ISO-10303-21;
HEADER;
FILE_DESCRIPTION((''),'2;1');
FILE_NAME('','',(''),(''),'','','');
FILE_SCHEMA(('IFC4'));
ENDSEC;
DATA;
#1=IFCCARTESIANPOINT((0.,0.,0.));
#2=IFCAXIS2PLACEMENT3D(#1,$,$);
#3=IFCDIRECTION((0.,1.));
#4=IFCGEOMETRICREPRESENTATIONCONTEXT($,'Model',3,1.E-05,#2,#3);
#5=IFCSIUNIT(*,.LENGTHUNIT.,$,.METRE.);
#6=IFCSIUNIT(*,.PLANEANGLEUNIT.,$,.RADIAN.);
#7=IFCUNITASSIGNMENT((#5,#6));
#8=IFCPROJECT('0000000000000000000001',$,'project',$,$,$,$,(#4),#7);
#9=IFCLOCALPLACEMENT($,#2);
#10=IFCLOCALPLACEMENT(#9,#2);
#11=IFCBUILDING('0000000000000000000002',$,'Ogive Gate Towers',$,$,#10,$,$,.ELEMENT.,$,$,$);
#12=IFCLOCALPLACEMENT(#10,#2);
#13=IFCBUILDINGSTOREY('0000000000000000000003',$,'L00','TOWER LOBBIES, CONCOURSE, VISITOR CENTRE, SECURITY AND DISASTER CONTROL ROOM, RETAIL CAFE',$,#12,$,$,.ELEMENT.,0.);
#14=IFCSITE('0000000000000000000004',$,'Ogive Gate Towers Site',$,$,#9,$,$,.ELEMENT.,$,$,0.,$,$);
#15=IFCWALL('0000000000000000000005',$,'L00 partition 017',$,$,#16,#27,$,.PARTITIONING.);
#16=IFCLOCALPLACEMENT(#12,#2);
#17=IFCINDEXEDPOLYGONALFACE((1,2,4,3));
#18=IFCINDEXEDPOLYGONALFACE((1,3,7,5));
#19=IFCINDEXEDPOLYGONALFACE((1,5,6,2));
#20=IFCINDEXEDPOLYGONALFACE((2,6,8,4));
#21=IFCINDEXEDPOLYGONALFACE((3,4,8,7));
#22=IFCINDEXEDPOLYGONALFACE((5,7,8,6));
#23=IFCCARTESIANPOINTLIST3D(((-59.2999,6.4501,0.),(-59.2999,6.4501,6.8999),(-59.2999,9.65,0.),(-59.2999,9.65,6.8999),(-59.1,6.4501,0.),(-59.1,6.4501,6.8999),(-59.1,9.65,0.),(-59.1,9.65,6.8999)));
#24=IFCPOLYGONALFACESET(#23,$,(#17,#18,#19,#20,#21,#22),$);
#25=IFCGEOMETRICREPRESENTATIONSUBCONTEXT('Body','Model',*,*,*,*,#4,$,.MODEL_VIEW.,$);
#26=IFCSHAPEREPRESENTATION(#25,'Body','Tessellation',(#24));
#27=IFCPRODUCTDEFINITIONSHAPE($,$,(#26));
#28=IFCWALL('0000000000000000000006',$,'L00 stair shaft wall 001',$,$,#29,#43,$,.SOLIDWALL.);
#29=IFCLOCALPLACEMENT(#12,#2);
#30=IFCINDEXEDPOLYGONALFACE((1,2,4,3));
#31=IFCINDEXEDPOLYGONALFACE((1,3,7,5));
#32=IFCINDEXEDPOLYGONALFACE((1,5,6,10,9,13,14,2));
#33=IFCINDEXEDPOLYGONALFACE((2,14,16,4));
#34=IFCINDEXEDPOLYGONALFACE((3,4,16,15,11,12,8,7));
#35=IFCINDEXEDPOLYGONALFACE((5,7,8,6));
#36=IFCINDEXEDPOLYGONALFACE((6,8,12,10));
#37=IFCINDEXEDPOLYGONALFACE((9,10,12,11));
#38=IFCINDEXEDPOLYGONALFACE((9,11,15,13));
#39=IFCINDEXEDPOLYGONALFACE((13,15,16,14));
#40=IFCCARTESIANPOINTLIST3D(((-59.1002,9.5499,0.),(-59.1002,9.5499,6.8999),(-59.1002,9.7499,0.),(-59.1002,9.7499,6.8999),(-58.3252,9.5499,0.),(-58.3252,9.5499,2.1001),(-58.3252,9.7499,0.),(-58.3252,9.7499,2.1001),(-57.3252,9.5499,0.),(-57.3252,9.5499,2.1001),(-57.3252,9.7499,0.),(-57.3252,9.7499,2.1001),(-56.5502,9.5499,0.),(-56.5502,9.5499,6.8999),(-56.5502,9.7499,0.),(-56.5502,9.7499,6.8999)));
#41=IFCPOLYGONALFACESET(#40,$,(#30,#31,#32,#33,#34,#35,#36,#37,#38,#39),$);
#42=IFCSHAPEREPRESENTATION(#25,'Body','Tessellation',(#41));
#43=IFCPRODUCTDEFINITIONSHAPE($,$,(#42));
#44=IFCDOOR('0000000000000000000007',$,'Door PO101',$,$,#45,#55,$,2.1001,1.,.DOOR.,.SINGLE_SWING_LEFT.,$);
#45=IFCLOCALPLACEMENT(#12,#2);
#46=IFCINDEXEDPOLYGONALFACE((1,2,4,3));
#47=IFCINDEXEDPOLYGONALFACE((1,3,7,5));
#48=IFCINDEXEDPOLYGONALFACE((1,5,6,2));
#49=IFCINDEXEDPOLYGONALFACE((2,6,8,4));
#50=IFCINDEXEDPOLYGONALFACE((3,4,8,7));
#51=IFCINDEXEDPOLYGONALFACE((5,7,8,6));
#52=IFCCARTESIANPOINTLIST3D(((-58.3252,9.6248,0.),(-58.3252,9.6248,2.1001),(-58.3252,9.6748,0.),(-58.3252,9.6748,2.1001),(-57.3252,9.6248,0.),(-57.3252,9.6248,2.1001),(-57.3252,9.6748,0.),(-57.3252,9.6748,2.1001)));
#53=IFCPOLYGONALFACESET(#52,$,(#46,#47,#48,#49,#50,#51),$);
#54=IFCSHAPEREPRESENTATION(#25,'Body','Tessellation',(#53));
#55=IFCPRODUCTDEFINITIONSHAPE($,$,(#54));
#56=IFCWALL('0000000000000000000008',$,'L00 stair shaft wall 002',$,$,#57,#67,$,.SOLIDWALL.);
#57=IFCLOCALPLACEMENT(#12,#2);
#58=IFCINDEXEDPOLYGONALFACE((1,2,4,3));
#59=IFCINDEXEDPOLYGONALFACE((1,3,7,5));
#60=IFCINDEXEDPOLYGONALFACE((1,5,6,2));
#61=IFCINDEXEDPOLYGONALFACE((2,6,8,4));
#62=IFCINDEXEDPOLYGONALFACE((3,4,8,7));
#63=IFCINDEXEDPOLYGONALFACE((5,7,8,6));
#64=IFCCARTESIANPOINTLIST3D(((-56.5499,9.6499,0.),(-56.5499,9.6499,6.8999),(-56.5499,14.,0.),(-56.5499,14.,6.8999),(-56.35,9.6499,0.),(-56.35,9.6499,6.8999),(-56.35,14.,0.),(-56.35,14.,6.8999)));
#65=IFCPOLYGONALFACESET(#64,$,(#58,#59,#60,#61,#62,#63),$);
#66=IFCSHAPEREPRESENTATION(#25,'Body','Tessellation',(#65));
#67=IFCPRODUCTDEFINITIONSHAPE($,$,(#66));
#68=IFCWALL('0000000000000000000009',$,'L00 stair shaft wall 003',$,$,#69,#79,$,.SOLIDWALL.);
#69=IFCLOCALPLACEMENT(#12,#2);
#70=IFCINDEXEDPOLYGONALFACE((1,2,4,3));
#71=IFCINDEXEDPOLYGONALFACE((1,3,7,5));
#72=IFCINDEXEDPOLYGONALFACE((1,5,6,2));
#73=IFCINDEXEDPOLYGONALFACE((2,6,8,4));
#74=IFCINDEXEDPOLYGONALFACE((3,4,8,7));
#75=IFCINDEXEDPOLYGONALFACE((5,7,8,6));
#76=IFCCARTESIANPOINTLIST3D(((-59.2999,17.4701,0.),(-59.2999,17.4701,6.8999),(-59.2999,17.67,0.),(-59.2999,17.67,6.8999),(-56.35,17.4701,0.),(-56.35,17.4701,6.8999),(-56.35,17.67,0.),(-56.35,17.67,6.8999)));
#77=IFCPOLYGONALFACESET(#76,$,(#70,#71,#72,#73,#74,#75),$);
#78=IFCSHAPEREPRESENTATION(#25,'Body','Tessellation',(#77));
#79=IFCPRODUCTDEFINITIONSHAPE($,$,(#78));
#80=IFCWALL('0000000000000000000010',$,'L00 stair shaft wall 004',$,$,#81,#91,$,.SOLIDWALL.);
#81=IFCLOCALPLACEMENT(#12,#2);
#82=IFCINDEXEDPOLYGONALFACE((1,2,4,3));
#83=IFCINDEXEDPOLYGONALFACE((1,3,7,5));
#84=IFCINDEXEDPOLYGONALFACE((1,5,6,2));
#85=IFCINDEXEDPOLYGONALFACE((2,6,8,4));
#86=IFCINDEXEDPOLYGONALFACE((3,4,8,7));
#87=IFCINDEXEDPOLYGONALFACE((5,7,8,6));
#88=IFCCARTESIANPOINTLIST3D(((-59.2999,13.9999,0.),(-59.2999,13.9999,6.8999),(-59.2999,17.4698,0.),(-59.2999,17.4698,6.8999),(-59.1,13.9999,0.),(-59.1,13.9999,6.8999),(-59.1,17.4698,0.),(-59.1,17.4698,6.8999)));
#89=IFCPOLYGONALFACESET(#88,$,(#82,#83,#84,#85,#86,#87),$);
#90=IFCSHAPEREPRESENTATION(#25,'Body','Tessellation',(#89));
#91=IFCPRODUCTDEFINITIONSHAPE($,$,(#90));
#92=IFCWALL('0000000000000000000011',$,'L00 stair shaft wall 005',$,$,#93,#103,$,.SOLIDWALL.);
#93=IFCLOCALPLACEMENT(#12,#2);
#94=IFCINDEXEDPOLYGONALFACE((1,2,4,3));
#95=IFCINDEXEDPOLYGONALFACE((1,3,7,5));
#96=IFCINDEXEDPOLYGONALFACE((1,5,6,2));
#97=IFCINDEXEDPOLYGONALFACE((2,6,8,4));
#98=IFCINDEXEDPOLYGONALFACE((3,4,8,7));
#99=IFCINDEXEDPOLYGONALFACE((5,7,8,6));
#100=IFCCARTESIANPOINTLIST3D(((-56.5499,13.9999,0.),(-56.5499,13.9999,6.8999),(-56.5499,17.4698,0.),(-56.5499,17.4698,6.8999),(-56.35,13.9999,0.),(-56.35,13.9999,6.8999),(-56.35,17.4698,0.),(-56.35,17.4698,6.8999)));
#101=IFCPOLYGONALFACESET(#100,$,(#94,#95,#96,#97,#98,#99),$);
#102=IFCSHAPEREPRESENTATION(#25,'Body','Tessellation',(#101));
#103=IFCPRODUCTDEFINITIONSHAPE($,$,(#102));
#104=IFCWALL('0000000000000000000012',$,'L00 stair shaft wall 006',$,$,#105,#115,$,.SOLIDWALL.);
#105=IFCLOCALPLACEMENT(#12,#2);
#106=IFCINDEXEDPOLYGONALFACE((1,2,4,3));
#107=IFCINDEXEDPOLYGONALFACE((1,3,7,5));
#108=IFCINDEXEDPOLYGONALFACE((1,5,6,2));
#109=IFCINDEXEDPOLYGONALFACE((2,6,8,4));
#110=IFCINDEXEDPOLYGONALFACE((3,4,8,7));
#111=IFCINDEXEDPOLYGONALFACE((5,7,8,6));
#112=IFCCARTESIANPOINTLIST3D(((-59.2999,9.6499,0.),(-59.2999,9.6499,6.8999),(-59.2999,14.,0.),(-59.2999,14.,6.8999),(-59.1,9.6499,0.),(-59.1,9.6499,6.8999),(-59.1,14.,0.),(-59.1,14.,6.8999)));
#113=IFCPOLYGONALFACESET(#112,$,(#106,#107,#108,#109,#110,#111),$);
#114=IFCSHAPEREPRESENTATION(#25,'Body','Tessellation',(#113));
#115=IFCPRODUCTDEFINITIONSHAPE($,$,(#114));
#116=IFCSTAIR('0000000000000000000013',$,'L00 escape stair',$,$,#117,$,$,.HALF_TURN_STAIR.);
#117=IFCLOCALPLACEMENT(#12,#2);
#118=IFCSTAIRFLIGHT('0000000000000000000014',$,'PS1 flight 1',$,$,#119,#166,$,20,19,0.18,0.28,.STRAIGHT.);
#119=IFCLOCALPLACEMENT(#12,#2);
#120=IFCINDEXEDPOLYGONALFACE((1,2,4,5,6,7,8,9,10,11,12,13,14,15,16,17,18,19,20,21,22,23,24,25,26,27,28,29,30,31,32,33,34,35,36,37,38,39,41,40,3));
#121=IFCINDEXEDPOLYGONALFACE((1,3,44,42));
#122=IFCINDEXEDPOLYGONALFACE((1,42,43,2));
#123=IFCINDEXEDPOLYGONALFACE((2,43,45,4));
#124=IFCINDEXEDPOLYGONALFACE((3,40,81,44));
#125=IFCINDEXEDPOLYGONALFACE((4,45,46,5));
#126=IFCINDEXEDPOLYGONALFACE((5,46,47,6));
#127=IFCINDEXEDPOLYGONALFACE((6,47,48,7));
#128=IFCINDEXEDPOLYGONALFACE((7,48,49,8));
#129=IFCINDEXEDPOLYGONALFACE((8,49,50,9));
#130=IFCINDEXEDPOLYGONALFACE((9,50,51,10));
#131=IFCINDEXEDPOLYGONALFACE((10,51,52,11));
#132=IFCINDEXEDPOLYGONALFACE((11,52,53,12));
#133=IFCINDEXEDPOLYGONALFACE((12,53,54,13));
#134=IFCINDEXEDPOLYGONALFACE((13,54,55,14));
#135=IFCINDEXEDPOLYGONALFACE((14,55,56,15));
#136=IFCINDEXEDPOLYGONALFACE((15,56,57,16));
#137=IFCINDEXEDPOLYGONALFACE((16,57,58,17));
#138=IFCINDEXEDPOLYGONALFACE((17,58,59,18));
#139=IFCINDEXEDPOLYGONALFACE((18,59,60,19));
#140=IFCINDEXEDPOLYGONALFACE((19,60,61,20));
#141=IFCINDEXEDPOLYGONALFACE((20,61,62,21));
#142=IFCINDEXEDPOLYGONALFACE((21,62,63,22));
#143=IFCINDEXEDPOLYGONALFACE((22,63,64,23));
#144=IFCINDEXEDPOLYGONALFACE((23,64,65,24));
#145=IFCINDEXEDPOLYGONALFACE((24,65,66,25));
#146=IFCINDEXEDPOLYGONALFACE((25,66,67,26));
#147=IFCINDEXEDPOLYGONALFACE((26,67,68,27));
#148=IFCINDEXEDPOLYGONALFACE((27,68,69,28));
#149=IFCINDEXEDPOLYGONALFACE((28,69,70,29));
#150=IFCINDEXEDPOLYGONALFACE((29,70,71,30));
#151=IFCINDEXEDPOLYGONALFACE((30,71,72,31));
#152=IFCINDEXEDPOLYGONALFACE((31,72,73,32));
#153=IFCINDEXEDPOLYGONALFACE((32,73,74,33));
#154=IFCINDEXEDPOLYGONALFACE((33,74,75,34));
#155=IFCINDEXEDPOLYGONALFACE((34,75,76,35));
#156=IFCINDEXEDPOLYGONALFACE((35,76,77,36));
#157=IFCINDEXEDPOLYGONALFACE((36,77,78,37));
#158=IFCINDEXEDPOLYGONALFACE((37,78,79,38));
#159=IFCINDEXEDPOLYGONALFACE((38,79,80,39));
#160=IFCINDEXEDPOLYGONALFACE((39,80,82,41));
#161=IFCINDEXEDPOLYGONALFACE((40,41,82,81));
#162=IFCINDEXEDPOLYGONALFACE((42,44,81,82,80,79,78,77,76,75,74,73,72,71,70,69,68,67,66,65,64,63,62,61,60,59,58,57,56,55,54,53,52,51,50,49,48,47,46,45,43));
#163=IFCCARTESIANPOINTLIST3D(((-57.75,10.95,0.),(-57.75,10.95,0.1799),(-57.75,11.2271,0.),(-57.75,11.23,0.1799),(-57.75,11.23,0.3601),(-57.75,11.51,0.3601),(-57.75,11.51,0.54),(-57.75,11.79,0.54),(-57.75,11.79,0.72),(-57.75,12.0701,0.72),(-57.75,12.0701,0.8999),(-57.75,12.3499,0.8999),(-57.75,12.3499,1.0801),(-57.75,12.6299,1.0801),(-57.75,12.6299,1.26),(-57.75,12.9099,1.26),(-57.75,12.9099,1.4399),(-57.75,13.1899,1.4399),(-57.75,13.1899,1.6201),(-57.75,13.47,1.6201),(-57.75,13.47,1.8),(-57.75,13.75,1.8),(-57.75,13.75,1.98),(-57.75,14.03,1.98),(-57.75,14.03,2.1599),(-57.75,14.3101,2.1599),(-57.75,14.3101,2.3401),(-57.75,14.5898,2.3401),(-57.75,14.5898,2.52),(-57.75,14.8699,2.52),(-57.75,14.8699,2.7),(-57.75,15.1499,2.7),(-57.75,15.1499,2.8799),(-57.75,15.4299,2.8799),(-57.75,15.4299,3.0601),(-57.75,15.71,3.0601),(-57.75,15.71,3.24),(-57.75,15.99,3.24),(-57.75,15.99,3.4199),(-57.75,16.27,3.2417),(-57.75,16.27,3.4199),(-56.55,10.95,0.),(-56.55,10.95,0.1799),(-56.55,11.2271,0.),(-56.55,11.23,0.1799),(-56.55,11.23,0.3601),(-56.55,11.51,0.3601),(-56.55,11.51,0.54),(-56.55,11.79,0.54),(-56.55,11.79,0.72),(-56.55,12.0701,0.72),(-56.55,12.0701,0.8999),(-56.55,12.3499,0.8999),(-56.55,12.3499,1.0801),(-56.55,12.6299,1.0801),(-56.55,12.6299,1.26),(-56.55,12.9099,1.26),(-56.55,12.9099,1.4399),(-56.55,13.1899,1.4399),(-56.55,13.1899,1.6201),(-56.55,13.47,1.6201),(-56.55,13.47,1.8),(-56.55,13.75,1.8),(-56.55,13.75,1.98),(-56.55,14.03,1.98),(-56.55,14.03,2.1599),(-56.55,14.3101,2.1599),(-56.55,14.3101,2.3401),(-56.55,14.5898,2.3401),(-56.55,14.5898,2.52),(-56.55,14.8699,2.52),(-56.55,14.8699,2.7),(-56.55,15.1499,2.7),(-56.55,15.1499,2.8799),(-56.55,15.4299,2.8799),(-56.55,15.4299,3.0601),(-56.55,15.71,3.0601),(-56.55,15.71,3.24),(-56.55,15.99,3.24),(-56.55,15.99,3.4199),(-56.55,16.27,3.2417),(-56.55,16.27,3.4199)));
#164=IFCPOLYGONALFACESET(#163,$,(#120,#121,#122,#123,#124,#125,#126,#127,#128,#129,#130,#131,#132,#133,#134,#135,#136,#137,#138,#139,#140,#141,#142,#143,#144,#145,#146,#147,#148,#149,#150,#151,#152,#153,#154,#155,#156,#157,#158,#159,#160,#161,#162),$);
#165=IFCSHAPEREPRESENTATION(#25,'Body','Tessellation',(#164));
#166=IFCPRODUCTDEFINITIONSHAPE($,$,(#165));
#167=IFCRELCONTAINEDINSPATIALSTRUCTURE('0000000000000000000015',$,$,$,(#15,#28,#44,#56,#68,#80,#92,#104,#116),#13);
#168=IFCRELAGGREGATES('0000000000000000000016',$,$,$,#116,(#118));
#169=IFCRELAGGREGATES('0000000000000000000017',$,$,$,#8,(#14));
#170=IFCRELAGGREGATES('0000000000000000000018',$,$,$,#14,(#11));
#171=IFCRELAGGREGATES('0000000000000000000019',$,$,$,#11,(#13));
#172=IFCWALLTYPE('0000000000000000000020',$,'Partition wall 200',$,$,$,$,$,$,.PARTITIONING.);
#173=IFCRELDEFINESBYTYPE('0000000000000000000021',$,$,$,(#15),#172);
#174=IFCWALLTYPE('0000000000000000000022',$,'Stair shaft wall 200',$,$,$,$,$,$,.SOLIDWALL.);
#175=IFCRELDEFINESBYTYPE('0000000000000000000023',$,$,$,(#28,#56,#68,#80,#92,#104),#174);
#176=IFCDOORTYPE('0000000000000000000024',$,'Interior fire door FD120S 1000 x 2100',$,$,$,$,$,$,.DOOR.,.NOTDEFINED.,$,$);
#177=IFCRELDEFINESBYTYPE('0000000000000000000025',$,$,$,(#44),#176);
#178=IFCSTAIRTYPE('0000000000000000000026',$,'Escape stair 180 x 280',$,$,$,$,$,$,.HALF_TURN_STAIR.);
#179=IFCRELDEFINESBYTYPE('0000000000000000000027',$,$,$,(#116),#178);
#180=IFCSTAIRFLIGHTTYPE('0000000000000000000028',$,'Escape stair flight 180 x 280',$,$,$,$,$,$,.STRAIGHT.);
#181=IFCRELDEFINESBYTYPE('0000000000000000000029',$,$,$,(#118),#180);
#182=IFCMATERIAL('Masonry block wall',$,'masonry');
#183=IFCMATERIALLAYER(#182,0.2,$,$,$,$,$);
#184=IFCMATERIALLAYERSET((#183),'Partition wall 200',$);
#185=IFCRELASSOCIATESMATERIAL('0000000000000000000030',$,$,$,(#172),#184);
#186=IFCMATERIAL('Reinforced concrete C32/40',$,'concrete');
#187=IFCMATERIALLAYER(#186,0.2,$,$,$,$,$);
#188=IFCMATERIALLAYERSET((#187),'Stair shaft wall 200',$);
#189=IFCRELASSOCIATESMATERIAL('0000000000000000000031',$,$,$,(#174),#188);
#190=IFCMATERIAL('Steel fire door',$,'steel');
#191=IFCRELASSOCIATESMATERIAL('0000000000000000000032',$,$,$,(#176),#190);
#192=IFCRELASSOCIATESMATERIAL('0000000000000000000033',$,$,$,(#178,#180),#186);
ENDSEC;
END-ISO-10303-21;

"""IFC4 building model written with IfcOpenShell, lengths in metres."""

from ifc_helpers import new_model, si_unit, direction, frame, frame_2d, origin, place, context, subcontext, project, spatial, polyline, rectangle, outline, extrude, material, layer, layer_set, type_object, element, fill, aggregate, save


model = new_model("IFC4")

# Units and contexts
model_context = context("Model", 3, precision=1e-05, world=origin(), true_north=direction((0.0, 1.0)))
body_context = subcontext(model_context, "Body", "Model", "MODEL_VIEW")
ifc_project = project(units=[si_unit("LENGTHUNIT", "METRE"), si_unit("PLANEANGLEUNIT", "RADIAN")], contexts=[model_context])

# Site, building, storey
site_placement = place(None, origin())
site = spatial("IfcSite", under=ifc_project, at=site_placement, Name="Ogive Gate Towers Site", CompositionType="ELEMENT", RefElevation=0.0)
building_placement = place(site_placement, origin())
building = spatial("IfcBuilding", under=site, at=building_placement, Name="Ogive Gate Towers", CompositionType="ELEMENT")
storey_placement = place(building_placement, origin())
storey = spatial("IfcBuildingStorey", under=building, at=storey_placement, Name="L00", Description="TOWER LOBBIES, CONCOURSE, VISITOR CENTRE, SECURITY AND DISASTER CONTROL ROOM, RETAIL CAFE", CompositionType="ELEMENT", Elevation=0.0)

# Wall
ifc_material_1 = material(Name="Masonry block wall", Category="masonry")
ifc_layer_1 = layer(ifc_material_1, 0.2)
ifc_layer_set_1 = layer_set([ifc_layer_1], Name="Partition wall 200")
wall_type_1 = type_object("IfcWallType", Name="Partition wall 200", PredefinedType="PARTITIONING", material=ifc_layer_set_1)
wall_1_placement = place(storey_placement, frame((-59.2, 6.45, 0.0), z_axis=(0.0, 0.0, 1.0), x_axis=(0.0, 1.0, 0.0)))
element("IfcWall", 1, at=wall_1_placement, inside=storey, type_object=wall_type_1, Name="L00 partition 017", PredefinedType="PARTITIONING", context=body_context, shape_type="SweptSolid", body=[
    extrude(rectangle(XDim=3.2, YDim=0.2, at=frame_2d((1.6001, 0.0))), origin(), (0.0, 0.0, 1.0), 6.8999),
])

# Wall, opening, door
ifc_material_2 = material(Name="Reinforced concrete C32/40", Category="concrete")
ifc_layer_2 = layer(ifc_material_2, 0.2)
ifc_layer_set_2 = layer_set([ifc_layer_2], Name="Stair shaft wall 200")
wall_type_2 = type_object("IfcWallType", Name="Stair shaft wall 200", PredefinedType="SOLIDWALL", material=ifc_layer_set_2)
wall_2_placement = place(storey_placement, frame((-59.1001, 9.6499, 0.0), z_axis=(0.0, 0.0, 1.0), x_axis=(1.0, 0.0, 0.0)))
wall_2 = element("IfcWall", 2, at=wall_2_placement, inside=storey, type_object=wall_type_2, Name="L00 stair shaft wall 001", PredefinedType="SOLIDWALL", context=body_context, shape_type="SweptSolid", body=[
    extrude(rectangle(XDim=2.55, YDim=0.2, at=frame_2d((1.2749, 0.0))), origin(), (0.0, 0.0, 1.0), 6.8999),
])
opening_1_placement = place(wall_2_placement, frame((0.7749, 0.0, 0.0)))
opening_1 = element("IfcOpeningElement", 3, at=opening_1_placement, cuts=wall_2, PredefinedType="OPENING", context=body_context, shape_type="SweptSolid", body=[
    extrude(rectangle(XDim=1.0, YDim=2.1001, at=frame_2d((0.5, 1.05))), frame((0.0, 0.1099, 0.0), z_axis=(0.0, -1.0, 0.0), x_axis=(1.0, 0.0, 0.0)), (0.0, 0.0, 1.0), 0.22),
])
ifc_material_3 = material(Name="Steel fire door", Category="steel")
door_type_1 = type_object("IfcDoorType", Name="Interior fire door FD120S 1000 x 2100", OperationType="NOTDEFINED", PredefinedType="DOOR", material=ifc_material_3)
door_1_placement = place(opening_1_placement, origin())
door_1 = element("IfcDoor", 4, at=door_1_placement, inside=storey, type_object=door_type_1, Name="Door PO101", OperationType="SINGLE_SWING_LEFT", OverallHeight=2.1001, OverallWidth=1.0, PredefinedType="DOOR", context=body_context, shape_type="SweptSolid", body=[
    extrude(rectangle(XDim=1.0, YDim=2.1001, at=frame_2d((0.5, 1.05))), frame((0.0, 0.0249, 0.0), z_axis=(0.0, -1.0, 0.0), x_axis=(1.0, 0.0, 0.0)), (0.0, 0.0, 1.0), 0.05),
])
fill(opening_1, door_1)

# Walls
wall_3_placement = place(storey_placement, frame((-56.45, 9.6499, 0.0), z_axis=(0.0, 0.0, 1.0), x_axis=(0.0, 1.0, 0.0)))
element("IfcWall", 5, at=wall_3_placement, inside=storey, type_object=wall_type_2, Name="L00 stair shaft wall 002", PredefinedType="SOLIDWALL", context=body_context, shape_type="SweptSolid", body=[
    extrude(rectangle(XDim=4.3501, YDim=0.2, at=frame_2d((2.175, 0.0))), origin(), (0.0, 0.0, 1.0), 6.8999),
])
wall_4_placement = place(storey_placement, frame((-59.3, 17.5701, 0.0), z_axis=(0.0, 0.0, 1.0), x_axis=(1.0, 0.0, 0.0)))
element("IfcWall", 6, at=wall_4_placement, inside=storey, type_object=wall_type_2, Name="L00 stair shaft wall 003", PredefinedType="SOLIDWALL", context=body_context, shape_type="SweptSolid", body=[
    extrude(rectangle(XDim=2.95, YDim=0.2, at=frame_2d((1.4751, 0.0))), origin(), (0.0, 0.0, 1.0), 6.8999),
])
for number, where, z_axis, x_axis, name in (
    (7, (-59.2, 14.0, 0.0), (0.0, 0.0, 1.0), (0.0, 1.0, 0.0), "L00 stair shaft wall 004"),
    (8, (-56.45, 14.0, 0.0), (0.0, 0.0, 1.0), (0.0, 1.0, 0.0), "L00 stair shaft wall 005"),
):
    element("IfcWall", number, at=place(storey_placement, frame(where, z_axis=z_axis, x_axis=x_axis)), inside=storey, type_object=wall_type_2, Name=name, PredefinedType="SOLIDWALL", context=body_context, shape_type="SweptSolid", body=[
        extrude(rectangle(XDim=3.47, YDim=0.2, at=frame_2d((1.7349, 0.0))), origin(), (0.0, 0.0, 1.0), 6.8999),
    ])
wall_5_placement = place(storey_placement, frame((-59.2, 9.6499, 0.0), z_axis=(0.0, 0.0, 1.0), x_axis=(0.0, 1.0, 0.0)))
element("IfcWall", 9, at=wall_5_placement, inside=storey, type_object=wall_type_2, Name="L00 stair shaft wall 006", PredefinedType="SOLIDWALL", context=body_context, shape_type="SweptSolid", body=[
    extrude(rectangle(XDim=4.3501, YDim=0.2, at=frame_2d((2.175, 0.0))), origin(), (0.0, 0.0, 1.0), 6.8999),
])

# Stair, stair flight
stair_type = type_object("IfcStairType", Name="Escape stair 180 x 280", PredefinedType="HALF_TURN_STAIR", material=ifc_material_2)
stair_placement = place(storey_placement, origin())
stair = element("IfcStair", 10, at=stair_placement, inside=storey, type_object=stair_type, Name="L00 escape stair", PredefinedType="HALF_TURN_STAIR")
stair_flight_type = type_object("IfcStairFlightType", Name="Escape stair flight 180 x 280", PredefinedType="STRAIGHT", material=ifc_material_2)
stair_flight_1_placement = place(storey_placement, frame((-57.1499, 10.95, 0.0), z_axis=(0.0, 0.0, 1.0), x_axis=(0.0, 1.0, 0.0)))
stair_flight_1 = element("IfcStairFlight", 11, at=stair_flight_1_placement, type_object=stair_flight_type, Name="PS1 flight 1", NumberOfRisers=20, NumberOfTreads=19, PredefinedType="STRAIGHT", RiserHeight=0.18, TreadLength=0.28, context=body_context, shape_type="SweptSolid", body=[
    extrude(outline(polyline([(0.0, 0.0), (0.0, 0.1799), (0.28, 0.1799), (0.28, 0.3601), (0.5601, 0.3601), (0.5601, 0.54), (0.8401, 0.54), (0.8401, 0.72), (1.1201, 0.72), (1.1201, 0.8999), (1.3999, 0.8999), (1.3999, 1.0801), (1.6799, 1.0801), (1.6799, 1.26), (1.96, 1.26), (1.96, 1.4399), (2.24, 1.4399), (2.24, 1.6201), (2.52, 1.6201), (2.52, 1.8), (2.8, 1.8), (2.8, 1.98), (3.0801, 1.98), (3.0801, 2.1599), (3.3601, 2.1599), (3.3601, 2.3401), (3.6399, 2.3401), (3.6399, 2.52), (3.9199, 2.52), (3.9199, 2.7), (4.2, 2.7), (4.2, 2.8799), (4.48, 2.8799), (4.48, 3.0601), (4.76, 3.0601), (4.76, 3.24), (5.04, 3.24), (5.04, 3.4199), (5.3201, 3.4199), (5.3201, 3.6001), (5.3201, 3.2417), (0.2771, 0.0), (0.0, 0.0)])), frame((0.0, 0.6001, 0.0), z_axis=(0.0, -1.0, 0.0), x_axis=(1.0, 0.0, 0.0)), (0.0, 0.0, 1.0), 1.2),
])
aggregate(stair, [stair_flight_1])

save(model, "model.ifc")
